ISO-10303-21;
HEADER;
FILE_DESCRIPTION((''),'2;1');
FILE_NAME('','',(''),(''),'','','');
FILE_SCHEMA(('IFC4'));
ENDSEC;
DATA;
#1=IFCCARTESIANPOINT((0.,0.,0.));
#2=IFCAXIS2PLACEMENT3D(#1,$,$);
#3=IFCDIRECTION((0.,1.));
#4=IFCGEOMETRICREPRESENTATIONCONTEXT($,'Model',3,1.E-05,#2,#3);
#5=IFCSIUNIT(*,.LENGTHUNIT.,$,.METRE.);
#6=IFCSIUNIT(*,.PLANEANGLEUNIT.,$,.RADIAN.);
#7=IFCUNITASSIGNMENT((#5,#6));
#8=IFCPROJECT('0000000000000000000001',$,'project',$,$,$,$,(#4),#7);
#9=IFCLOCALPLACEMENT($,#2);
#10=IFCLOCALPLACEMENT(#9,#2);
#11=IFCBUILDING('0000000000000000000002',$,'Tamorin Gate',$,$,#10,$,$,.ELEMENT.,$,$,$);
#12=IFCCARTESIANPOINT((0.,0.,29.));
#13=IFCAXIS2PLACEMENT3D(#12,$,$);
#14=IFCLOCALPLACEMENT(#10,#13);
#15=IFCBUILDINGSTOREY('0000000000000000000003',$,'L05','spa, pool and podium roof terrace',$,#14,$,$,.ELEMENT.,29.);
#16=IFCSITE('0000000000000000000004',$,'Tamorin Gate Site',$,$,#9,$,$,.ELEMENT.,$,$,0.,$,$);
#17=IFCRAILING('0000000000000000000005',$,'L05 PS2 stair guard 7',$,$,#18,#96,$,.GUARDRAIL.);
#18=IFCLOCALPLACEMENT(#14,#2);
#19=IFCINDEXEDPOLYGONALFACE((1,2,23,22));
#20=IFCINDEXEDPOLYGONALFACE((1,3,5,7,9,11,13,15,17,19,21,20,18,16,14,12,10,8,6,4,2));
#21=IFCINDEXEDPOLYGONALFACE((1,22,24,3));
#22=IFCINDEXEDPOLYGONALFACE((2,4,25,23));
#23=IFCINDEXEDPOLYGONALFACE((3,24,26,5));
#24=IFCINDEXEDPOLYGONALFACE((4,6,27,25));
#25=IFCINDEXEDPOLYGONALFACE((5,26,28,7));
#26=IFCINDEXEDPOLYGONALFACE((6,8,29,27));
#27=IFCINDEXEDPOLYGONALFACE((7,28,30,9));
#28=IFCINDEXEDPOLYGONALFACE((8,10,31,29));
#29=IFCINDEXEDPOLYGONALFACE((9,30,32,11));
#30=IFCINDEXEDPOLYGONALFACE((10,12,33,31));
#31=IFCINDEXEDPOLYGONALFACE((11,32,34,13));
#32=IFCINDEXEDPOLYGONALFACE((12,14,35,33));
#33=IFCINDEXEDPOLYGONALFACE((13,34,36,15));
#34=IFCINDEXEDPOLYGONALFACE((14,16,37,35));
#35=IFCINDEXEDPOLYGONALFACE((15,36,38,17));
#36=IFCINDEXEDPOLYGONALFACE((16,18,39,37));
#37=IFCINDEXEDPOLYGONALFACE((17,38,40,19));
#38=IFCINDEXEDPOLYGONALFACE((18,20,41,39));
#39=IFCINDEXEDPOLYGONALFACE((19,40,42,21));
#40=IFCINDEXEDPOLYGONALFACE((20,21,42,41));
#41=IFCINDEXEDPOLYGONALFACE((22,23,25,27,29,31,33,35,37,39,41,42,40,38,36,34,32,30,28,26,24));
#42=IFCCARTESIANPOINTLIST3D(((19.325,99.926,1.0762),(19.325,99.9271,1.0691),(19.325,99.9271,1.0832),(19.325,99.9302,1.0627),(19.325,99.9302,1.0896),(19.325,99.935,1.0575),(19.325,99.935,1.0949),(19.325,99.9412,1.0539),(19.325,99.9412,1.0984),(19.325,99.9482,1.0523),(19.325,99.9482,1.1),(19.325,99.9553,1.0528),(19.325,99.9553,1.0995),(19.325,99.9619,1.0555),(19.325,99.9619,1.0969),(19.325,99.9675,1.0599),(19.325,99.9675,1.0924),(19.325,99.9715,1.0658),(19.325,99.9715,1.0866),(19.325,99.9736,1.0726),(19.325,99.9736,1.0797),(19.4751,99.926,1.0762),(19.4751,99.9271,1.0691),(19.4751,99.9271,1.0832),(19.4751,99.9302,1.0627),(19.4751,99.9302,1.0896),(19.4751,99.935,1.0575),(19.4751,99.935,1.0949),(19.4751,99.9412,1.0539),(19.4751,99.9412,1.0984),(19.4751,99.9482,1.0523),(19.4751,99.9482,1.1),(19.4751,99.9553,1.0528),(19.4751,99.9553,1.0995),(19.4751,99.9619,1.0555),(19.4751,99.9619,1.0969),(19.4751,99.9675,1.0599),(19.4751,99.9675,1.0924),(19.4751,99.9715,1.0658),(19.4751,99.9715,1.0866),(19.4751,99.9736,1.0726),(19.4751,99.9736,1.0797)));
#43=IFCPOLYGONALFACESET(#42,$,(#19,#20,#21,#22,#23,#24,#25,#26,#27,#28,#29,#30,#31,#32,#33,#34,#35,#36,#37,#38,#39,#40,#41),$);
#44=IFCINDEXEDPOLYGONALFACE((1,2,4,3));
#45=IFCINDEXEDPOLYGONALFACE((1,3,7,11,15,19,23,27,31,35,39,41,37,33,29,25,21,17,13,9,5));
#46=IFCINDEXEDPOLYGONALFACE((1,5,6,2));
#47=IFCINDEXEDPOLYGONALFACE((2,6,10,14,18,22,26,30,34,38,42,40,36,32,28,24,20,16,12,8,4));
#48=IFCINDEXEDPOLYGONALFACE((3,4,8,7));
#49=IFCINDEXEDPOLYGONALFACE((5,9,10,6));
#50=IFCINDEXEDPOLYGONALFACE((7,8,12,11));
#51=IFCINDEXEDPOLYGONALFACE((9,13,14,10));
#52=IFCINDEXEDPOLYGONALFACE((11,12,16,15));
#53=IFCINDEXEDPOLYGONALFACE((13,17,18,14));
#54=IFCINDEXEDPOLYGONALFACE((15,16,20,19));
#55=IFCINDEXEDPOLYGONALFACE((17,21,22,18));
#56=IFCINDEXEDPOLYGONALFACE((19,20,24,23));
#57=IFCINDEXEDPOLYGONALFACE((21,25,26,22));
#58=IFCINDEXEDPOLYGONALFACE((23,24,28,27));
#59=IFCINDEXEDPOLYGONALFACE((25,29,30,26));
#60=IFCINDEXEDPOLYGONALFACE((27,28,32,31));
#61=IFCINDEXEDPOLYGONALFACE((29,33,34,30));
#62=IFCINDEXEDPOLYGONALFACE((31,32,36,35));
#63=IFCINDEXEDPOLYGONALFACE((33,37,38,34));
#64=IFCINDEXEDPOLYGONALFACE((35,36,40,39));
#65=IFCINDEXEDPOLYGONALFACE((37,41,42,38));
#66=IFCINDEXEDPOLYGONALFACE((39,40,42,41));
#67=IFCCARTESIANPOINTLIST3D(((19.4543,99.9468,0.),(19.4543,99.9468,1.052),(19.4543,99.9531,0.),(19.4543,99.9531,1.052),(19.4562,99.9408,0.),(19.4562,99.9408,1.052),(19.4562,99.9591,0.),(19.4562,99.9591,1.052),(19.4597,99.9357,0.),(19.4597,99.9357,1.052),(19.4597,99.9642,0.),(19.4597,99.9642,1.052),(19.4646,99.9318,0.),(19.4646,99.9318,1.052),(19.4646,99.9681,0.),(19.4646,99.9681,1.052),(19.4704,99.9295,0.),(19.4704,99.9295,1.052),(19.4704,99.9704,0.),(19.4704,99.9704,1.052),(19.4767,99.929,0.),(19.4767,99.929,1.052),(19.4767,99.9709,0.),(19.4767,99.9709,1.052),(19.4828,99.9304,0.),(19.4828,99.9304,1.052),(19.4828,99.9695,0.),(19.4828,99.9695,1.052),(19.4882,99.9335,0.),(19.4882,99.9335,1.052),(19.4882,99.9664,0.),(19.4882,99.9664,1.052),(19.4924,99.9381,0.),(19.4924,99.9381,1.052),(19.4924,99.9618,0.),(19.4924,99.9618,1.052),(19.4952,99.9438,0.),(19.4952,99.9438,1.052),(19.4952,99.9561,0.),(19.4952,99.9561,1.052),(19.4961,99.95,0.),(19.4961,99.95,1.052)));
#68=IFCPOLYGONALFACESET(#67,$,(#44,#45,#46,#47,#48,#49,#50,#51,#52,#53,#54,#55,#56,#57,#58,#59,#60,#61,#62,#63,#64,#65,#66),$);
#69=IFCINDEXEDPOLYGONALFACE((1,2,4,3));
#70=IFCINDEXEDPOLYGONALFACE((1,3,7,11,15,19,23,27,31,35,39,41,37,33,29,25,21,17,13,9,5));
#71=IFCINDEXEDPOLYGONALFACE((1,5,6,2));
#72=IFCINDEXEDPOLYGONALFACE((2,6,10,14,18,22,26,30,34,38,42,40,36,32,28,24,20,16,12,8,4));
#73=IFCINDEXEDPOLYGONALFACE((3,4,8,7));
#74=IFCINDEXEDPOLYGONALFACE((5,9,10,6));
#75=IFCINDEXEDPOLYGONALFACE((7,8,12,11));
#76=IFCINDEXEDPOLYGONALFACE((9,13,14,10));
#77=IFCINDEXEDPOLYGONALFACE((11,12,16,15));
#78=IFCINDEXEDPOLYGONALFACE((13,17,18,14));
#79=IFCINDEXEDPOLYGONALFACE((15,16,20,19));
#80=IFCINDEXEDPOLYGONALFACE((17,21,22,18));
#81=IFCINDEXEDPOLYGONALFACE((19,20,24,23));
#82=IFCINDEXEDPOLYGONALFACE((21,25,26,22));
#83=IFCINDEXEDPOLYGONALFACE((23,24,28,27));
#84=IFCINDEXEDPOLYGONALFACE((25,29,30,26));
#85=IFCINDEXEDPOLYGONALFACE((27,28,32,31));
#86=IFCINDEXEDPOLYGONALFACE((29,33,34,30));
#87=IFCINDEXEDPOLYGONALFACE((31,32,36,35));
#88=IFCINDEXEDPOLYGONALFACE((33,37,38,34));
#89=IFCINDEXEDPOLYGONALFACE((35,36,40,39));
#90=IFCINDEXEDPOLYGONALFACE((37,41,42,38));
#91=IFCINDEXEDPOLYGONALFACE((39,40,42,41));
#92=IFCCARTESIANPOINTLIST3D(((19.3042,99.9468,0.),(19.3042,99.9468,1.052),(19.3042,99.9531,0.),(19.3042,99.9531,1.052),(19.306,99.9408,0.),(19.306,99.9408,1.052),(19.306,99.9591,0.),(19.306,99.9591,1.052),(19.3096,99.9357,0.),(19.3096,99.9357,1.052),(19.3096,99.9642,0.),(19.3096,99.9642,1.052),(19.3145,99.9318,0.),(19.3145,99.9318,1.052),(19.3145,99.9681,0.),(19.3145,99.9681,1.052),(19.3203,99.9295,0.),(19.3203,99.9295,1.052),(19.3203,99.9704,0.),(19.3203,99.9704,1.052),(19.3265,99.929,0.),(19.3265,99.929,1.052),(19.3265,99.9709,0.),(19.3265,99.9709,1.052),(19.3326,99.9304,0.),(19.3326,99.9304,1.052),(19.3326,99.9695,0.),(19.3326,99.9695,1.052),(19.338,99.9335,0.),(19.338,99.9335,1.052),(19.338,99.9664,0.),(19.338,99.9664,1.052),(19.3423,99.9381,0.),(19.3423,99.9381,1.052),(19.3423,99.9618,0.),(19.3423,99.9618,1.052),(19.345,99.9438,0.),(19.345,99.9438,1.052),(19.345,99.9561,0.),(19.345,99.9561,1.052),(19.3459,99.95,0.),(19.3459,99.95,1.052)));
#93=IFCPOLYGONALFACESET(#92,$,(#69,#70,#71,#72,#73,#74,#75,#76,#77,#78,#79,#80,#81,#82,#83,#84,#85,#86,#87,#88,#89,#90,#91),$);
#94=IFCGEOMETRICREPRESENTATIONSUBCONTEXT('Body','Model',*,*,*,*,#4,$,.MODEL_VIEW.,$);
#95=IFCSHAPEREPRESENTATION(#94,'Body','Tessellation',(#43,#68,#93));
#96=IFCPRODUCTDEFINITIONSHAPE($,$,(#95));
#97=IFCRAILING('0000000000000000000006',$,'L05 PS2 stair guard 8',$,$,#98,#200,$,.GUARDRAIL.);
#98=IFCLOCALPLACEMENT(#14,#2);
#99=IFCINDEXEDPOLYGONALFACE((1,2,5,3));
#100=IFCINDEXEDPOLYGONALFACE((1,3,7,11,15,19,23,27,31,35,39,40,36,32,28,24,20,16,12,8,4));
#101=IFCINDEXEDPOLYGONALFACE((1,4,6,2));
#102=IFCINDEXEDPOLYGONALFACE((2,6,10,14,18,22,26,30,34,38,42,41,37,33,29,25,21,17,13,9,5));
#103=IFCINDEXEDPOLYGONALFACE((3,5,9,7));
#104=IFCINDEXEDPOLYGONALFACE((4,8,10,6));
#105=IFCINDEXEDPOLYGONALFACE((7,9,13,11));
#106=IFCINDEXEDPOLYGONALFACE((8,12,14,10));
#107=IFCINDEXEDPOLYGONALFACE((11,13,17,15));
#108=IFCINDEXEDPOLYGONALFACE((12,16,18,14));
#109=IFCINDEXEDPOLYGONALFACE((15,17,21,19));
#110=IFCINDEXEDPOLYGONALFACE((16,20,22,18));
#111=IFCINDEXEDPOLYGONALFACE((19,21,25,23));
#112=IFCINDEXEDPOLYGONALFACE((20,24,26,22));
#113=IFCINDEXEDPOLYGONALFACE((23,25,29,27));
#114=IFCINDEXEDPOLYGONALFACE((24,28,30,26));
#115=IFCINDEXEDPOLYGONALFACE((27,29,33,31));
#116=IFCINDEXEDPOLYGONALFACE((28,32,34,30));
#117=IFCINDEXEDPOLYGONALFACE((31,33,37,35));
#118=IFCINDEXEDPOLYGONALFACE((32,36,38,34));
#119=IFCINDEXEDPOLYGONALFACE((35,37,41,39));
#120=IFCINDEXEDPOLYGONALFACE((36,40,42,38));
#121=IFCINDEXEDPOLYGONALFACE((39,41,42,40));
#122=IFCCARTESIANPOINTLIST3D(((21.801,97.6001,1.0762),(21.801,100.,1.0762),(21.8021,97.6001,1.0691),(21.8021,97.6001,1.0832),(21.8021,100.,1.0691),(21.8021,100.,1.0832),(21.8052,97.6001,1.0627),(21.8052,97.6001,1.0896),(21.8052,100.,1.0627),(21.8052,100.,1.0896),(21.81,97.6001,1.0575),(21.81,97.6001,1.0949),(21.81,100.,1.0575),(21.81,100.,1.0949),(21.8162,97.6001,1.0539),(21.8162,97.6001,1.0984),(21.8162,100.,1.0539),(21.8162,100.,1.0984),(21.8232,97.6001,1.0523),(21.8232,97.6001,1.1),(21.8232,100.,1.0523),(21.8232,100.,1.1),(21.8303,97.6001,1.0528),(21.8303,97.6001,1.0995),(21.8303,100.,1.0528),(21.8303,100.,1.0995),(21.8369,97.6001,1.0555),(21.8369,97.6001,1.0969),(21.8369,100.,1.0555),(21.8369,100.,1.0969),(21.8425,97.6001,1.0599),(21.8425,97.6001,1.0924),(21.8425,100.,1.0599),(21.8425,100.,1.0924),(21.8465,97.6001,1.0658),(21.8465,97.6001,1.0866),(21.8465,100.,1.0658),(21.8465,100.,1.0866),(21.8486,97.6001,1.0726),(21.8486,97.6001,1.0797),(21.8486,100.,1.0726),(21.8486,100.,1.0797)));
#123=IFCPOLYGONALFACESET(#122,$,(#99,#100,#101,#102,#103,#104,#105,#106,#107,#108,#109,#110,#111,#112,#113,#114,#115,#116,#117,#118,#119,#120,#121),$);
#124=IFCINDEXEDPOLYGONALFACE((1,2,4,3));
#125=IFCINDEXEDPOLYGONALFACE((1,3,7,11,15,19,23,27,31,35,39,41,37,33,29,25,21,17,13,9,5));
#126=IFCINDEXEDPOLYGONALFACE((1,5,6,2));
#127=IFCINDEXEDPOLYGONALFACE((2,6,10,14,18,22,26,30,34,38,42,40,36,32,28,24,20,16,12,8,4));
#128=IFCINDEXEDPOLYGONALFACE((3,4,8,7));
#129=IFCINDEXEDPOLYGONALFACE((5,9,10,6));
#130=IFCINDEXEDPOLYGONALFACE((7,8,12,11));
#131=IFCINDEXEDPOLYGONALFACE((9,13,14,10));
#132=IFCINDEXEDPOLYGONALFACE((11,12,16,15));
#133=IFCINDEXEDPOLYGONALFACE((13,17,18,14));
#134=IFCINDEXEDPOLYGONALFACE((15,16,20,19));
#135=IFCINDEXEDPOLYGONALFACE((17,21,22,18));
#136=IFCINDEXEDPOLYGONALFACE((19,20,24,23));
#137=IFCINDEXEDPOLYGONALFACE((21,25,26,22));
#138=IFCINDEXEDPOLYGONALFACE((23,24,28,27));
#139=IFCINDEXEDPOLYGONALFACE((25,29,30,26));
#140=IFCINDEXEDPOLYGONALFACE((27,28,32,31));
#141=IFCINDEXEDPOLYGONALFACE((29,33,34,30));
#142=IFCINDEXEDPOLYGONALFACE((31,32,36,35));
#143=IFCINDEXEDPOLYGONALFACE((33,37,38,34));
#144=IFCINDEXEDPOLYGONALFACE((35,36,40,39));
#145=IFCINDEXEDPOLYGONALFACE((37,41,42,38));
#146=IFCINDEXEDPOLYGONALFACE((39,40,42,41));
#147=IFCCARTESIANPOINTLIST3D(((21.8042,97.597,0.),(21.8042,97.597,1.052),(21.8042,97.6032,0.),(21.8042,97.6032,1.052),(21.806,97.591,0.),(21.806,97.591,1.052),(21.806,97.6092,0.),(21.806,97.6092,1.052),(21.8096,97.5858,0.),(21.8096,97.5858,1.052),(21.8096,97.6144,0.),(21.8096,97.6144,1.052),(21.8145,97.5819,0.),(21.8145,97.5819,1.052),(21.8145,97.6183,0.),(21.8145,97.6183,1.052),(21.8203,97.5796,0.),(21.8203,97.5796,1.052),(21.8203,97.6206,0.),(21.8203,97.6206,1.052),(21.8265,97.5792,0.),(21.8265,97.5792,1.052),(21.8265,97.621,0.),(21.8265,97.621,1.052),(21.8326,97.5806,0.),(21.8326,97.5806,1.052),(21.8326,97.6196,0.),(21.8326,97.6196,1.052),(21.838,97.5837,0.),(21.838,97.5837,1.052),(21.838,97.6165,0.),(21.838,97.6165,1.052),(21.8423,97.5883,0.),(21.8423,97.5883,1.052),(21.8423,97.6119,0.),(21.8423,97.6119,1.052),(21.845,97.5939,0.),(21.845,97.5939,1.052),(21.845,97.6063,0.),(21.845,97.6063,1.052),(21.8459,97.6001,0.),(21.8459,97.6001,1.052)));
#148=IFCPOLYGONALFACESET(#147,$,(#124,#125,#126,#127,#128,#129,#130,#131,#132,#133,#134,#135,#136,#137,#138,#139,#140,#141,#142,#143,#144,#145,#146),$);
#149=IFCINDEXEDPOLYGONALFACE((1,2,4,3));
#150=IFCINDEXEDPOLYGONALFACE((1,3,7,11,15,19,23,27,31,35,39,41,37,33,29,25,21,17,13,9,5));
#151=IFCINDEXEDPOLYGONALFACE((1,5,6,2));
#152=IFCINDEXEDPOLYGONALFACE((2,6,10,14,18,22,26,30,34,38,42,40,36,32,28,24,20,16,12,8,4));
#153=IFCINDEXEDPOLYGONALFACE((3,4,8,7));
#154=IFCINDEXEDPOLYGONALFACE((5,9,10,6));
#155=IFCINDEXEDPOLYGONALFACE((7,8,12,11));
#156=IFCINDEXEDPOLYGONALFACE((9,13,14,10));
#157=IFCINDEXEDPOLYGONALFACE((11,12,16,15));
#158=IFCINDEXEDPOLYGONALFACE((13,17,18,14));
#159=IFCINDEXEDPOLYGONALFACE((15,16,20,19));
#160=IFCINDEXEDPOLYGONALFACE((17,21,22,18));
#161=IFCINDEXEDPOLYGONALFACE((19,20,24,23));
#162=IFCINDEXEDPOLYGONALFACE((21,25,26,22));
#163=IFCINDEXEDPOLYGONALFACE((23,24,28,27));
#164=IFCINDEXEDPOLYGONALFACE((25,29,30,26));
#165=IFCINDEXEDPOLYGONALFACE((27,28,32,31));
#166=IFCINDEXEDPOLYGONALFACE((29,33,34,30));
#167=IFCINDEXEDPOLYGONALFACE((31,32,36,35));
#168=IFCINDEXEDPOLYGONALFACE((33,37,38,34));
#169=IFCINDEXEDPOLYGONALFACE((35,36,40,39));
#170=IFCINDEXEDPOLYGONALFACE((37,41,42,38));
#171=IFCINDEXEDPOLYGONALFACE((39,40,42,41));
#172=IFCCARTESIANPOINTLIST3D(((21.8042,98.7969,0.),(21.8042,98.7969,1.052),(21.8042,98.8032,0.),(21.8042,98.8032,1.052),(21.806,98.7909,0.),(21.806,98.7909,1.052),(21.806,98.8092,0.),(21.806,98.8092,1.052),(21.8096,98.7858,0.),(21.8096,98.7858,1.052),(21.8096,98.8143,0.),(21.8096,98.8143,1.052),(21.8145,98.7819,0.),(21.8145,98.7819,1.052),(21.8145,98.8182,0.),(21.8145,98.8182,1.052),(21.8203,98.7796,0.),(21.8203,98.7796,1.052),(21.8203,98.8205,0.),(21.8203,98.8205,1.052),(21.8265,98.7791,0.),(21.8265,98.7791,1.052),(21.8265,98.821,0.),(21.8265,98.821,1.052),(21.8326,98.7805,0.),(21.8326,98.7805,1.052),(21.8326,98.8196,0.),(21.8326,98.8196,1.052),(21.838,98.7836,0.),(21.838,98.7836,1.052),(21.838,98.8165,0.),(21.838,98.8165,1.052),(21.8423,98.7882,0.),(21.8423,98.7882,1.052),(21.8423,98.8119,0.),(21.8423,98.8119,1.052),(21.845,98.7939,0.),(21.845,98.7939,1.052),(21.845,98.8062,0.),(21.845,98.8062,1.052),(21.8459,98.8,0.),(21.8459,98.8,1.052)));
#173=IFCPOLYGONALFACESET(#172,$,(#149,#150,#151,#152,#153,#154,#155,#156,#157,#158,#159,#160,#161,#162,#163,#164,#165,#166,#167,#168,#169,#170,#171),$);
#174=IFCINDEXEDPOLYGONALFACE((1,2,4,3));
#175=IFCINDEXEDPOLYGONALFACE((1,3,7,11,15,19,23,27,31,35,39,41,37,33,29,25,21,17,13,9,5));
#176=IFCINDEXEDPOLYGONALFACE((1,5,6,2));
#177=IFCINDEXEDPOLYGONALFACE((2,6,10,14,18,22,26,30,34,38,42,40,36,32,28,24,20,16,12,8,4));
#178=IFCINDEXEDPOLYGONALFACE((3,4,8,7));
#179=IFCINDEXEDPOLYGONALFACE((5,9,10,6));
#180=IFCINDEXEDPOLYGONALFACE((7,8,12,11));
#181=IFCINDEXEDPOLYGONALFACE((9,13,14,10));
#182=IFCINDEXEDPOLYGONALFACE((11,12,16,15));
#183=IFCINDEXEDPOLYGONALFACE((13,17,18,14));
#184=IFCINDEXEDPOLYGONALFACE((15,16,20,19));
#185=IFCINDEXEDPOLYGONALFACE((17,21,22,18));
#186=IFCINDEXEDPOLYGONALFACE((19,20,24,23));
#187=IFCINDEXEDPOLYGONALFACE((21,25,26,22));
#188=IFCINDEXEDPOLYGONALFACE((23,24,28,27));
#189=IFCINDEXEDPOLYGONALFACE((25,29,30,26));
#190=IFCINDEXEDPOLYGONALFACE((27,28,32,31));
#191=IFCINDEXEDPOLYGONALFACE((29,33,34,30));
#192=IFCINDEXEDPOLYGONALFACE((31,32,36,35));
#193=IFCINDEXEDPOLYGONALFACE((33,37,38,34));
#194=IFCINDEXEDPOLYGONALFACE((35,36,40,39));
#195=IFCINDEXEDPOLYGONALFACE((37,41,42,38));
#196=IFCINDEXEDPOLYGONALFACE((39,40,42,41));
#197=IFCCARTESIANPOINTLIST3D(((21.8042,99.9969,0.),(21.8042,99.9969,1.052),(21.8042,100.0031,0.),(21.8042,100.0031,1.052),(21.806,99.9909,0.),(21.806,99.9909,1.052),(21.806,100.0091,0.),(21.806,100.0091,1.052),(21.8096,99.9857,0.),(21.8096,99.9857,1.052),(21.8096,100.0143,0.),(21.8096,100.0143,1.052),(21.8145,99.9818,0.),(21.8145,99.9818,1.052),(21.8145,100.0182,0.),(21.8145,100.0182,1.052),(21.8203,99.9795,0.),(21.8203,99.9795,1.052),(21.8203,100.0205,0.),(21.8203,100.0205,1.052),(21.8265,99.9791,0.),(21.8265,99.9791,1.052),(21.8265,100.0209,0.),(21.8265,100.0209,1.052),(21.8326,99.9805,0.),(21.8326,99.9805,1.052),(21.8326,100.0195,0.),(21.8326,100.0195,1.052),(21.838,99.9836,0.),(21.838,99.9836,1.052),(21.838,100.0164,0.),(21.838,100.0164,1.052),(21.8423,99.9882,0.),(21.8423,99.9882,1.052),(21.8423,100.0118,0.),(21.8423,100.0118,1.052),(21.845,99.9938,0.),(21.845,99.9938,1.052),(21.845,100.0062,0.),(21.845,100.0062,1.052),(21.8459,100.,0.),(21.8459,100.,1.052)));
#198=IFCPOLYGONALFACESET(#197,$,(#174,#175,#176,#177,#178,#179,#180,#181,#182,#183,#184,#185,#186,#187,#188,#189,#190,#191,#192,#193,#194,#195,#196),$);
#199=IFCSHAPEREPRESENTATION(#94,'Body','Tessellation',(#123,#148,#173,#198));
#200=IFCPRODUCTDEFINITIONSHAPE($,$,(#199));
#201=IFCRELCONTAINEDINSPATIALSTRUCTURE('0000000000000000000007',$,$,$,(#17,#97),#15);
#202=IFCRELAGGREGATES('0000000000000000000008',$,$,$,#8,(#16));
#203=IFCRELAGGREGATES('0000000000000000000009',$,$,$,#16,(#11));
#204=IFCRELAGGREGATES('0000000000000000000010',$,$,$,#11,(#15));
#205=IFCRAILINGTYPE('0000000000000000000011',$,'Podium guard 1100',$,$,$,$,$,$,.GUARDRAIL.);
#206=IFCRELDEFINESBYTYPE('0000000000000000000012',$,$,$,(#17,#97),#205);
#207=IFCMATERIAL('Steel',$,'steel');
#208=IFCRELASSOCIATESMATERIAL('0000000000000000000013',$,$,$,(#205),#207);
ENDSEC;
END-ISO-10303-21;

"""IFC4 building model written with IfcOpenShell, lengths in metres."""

from ifc_helpers import new_model, si_unit, direction, frame, origin, origin_2d, place, context, subcontext, project, spatial, circle, extrude, material, type_object, element, save


model = new_model("IFC4")

# Units and contexts
model_context = context("Model", 3, precision=1e-05, world=origin(), true_north=direction((0.0, 1.0)))
body_context = subcontext(model_context, "Body", "Model", "MODEL_VIEW")
ifc_project = project(units=[si_unit("LENGTHUNIT", "METRE"), si_unit("PLANEANGLEUNIT", "RADIAN")], contexts=[model_context])

# Site, building, storey
site_placement = place(None, origin())
site = spatial("IfcSite", under=ifc_project, at=site_placement, Name="Tamorin Gate Site", CompositionType="ELEMENT", RefElevation=0.0)
building_placement = place(site_placement, origin())
building = spatial("IfcBuilding", under=site, at=building_placement, Name="Tamorin Gate", CompositionType="ELEMENT")
storey_placement = place(building_placement, frame((0.0, 0.0, 29.0)))
storey = spatial("IfcBuildingStorey", under=building, at=storey_placement, Name="L05", Description="spa, pool and podium roof terrace", CompositionType="ELEMENT", Elevation=29.0)

# Railings
ifc_material_1 = material(Name="Steel", Category="steel")
railing_type_1 = type_object("IfcRailingType", Name="Podium guard 1100", PredefinedType="GUARDRAIL", material=ifc_material_1)
railing_1_placement = place(storey_placement, frame((19.4751, 99.95, 0.0)))
element("IfcRailing", 1, at=railing_1_placement, inside=storey, type_object=railing_type_1, Name="L05 PS2 stair guard 7", PredefinedType="GUARDRAIL", context=body_context, shape_type="SweptSolid", body=[
    extrude(circle(Radius=0.0239, at=origin_2d()), frame((0.0, 0.0, 1.0762), z_axis=(-1.0, 0.0, 0.0), x_axis=(0.0, -1.0, 0.0)), (0.0, 0.0, 1.0), 0.1501),
    extrude(circle(Radius=0.021, at=origin_2d()), origin(), (0.0, 0.0, 1.0), 1.052),
    extrude(circle(Radius=0.021, at=origin_2d()), frame((-0.1501, 0.0, 0.0)), (0.0, 0.0, 1.0), 1.052),
])
for number, where, name in (
    (2, (21.825, 97.6001, 0.0), "L05 PS2 stair guard 8"),
):
    element("IfcRailing", number, at=place(storey_placement, frame(where)), inside=storey, type_object=railing_type_1, Name=name, PredefinedType="GUARDRAIL", context=body_context, shape_type="SweptSolid", body=[
        extrude(circle(Radius=0.0239, at=origin_2d()), frame((0.0, 0.0, 1.0762), z_axis=(0.0, 1.0, 0.0), x_axis=(-1.0, 0.0, 0.0)), (0.0, 0.0, 1.0), 2.3999),
        extrude(circle(Radius=0.021, at=origin_2d()), origin(), (0.0, 0.0, 1.0), 1.052),
        extrude(circle(Radius=0.021, at=origin_2d()), frame((0.0, 1.2, 0.0)), (0.0, 0.0, 1.0), 1.052),
        extrude(circle(Radius=0.021, at=origin_2d()), frame((0.0, 2.3999, 0.0)), (0.0, 0.0, 1.0), 1.052),
    ])

save(model, "model.ifc")
